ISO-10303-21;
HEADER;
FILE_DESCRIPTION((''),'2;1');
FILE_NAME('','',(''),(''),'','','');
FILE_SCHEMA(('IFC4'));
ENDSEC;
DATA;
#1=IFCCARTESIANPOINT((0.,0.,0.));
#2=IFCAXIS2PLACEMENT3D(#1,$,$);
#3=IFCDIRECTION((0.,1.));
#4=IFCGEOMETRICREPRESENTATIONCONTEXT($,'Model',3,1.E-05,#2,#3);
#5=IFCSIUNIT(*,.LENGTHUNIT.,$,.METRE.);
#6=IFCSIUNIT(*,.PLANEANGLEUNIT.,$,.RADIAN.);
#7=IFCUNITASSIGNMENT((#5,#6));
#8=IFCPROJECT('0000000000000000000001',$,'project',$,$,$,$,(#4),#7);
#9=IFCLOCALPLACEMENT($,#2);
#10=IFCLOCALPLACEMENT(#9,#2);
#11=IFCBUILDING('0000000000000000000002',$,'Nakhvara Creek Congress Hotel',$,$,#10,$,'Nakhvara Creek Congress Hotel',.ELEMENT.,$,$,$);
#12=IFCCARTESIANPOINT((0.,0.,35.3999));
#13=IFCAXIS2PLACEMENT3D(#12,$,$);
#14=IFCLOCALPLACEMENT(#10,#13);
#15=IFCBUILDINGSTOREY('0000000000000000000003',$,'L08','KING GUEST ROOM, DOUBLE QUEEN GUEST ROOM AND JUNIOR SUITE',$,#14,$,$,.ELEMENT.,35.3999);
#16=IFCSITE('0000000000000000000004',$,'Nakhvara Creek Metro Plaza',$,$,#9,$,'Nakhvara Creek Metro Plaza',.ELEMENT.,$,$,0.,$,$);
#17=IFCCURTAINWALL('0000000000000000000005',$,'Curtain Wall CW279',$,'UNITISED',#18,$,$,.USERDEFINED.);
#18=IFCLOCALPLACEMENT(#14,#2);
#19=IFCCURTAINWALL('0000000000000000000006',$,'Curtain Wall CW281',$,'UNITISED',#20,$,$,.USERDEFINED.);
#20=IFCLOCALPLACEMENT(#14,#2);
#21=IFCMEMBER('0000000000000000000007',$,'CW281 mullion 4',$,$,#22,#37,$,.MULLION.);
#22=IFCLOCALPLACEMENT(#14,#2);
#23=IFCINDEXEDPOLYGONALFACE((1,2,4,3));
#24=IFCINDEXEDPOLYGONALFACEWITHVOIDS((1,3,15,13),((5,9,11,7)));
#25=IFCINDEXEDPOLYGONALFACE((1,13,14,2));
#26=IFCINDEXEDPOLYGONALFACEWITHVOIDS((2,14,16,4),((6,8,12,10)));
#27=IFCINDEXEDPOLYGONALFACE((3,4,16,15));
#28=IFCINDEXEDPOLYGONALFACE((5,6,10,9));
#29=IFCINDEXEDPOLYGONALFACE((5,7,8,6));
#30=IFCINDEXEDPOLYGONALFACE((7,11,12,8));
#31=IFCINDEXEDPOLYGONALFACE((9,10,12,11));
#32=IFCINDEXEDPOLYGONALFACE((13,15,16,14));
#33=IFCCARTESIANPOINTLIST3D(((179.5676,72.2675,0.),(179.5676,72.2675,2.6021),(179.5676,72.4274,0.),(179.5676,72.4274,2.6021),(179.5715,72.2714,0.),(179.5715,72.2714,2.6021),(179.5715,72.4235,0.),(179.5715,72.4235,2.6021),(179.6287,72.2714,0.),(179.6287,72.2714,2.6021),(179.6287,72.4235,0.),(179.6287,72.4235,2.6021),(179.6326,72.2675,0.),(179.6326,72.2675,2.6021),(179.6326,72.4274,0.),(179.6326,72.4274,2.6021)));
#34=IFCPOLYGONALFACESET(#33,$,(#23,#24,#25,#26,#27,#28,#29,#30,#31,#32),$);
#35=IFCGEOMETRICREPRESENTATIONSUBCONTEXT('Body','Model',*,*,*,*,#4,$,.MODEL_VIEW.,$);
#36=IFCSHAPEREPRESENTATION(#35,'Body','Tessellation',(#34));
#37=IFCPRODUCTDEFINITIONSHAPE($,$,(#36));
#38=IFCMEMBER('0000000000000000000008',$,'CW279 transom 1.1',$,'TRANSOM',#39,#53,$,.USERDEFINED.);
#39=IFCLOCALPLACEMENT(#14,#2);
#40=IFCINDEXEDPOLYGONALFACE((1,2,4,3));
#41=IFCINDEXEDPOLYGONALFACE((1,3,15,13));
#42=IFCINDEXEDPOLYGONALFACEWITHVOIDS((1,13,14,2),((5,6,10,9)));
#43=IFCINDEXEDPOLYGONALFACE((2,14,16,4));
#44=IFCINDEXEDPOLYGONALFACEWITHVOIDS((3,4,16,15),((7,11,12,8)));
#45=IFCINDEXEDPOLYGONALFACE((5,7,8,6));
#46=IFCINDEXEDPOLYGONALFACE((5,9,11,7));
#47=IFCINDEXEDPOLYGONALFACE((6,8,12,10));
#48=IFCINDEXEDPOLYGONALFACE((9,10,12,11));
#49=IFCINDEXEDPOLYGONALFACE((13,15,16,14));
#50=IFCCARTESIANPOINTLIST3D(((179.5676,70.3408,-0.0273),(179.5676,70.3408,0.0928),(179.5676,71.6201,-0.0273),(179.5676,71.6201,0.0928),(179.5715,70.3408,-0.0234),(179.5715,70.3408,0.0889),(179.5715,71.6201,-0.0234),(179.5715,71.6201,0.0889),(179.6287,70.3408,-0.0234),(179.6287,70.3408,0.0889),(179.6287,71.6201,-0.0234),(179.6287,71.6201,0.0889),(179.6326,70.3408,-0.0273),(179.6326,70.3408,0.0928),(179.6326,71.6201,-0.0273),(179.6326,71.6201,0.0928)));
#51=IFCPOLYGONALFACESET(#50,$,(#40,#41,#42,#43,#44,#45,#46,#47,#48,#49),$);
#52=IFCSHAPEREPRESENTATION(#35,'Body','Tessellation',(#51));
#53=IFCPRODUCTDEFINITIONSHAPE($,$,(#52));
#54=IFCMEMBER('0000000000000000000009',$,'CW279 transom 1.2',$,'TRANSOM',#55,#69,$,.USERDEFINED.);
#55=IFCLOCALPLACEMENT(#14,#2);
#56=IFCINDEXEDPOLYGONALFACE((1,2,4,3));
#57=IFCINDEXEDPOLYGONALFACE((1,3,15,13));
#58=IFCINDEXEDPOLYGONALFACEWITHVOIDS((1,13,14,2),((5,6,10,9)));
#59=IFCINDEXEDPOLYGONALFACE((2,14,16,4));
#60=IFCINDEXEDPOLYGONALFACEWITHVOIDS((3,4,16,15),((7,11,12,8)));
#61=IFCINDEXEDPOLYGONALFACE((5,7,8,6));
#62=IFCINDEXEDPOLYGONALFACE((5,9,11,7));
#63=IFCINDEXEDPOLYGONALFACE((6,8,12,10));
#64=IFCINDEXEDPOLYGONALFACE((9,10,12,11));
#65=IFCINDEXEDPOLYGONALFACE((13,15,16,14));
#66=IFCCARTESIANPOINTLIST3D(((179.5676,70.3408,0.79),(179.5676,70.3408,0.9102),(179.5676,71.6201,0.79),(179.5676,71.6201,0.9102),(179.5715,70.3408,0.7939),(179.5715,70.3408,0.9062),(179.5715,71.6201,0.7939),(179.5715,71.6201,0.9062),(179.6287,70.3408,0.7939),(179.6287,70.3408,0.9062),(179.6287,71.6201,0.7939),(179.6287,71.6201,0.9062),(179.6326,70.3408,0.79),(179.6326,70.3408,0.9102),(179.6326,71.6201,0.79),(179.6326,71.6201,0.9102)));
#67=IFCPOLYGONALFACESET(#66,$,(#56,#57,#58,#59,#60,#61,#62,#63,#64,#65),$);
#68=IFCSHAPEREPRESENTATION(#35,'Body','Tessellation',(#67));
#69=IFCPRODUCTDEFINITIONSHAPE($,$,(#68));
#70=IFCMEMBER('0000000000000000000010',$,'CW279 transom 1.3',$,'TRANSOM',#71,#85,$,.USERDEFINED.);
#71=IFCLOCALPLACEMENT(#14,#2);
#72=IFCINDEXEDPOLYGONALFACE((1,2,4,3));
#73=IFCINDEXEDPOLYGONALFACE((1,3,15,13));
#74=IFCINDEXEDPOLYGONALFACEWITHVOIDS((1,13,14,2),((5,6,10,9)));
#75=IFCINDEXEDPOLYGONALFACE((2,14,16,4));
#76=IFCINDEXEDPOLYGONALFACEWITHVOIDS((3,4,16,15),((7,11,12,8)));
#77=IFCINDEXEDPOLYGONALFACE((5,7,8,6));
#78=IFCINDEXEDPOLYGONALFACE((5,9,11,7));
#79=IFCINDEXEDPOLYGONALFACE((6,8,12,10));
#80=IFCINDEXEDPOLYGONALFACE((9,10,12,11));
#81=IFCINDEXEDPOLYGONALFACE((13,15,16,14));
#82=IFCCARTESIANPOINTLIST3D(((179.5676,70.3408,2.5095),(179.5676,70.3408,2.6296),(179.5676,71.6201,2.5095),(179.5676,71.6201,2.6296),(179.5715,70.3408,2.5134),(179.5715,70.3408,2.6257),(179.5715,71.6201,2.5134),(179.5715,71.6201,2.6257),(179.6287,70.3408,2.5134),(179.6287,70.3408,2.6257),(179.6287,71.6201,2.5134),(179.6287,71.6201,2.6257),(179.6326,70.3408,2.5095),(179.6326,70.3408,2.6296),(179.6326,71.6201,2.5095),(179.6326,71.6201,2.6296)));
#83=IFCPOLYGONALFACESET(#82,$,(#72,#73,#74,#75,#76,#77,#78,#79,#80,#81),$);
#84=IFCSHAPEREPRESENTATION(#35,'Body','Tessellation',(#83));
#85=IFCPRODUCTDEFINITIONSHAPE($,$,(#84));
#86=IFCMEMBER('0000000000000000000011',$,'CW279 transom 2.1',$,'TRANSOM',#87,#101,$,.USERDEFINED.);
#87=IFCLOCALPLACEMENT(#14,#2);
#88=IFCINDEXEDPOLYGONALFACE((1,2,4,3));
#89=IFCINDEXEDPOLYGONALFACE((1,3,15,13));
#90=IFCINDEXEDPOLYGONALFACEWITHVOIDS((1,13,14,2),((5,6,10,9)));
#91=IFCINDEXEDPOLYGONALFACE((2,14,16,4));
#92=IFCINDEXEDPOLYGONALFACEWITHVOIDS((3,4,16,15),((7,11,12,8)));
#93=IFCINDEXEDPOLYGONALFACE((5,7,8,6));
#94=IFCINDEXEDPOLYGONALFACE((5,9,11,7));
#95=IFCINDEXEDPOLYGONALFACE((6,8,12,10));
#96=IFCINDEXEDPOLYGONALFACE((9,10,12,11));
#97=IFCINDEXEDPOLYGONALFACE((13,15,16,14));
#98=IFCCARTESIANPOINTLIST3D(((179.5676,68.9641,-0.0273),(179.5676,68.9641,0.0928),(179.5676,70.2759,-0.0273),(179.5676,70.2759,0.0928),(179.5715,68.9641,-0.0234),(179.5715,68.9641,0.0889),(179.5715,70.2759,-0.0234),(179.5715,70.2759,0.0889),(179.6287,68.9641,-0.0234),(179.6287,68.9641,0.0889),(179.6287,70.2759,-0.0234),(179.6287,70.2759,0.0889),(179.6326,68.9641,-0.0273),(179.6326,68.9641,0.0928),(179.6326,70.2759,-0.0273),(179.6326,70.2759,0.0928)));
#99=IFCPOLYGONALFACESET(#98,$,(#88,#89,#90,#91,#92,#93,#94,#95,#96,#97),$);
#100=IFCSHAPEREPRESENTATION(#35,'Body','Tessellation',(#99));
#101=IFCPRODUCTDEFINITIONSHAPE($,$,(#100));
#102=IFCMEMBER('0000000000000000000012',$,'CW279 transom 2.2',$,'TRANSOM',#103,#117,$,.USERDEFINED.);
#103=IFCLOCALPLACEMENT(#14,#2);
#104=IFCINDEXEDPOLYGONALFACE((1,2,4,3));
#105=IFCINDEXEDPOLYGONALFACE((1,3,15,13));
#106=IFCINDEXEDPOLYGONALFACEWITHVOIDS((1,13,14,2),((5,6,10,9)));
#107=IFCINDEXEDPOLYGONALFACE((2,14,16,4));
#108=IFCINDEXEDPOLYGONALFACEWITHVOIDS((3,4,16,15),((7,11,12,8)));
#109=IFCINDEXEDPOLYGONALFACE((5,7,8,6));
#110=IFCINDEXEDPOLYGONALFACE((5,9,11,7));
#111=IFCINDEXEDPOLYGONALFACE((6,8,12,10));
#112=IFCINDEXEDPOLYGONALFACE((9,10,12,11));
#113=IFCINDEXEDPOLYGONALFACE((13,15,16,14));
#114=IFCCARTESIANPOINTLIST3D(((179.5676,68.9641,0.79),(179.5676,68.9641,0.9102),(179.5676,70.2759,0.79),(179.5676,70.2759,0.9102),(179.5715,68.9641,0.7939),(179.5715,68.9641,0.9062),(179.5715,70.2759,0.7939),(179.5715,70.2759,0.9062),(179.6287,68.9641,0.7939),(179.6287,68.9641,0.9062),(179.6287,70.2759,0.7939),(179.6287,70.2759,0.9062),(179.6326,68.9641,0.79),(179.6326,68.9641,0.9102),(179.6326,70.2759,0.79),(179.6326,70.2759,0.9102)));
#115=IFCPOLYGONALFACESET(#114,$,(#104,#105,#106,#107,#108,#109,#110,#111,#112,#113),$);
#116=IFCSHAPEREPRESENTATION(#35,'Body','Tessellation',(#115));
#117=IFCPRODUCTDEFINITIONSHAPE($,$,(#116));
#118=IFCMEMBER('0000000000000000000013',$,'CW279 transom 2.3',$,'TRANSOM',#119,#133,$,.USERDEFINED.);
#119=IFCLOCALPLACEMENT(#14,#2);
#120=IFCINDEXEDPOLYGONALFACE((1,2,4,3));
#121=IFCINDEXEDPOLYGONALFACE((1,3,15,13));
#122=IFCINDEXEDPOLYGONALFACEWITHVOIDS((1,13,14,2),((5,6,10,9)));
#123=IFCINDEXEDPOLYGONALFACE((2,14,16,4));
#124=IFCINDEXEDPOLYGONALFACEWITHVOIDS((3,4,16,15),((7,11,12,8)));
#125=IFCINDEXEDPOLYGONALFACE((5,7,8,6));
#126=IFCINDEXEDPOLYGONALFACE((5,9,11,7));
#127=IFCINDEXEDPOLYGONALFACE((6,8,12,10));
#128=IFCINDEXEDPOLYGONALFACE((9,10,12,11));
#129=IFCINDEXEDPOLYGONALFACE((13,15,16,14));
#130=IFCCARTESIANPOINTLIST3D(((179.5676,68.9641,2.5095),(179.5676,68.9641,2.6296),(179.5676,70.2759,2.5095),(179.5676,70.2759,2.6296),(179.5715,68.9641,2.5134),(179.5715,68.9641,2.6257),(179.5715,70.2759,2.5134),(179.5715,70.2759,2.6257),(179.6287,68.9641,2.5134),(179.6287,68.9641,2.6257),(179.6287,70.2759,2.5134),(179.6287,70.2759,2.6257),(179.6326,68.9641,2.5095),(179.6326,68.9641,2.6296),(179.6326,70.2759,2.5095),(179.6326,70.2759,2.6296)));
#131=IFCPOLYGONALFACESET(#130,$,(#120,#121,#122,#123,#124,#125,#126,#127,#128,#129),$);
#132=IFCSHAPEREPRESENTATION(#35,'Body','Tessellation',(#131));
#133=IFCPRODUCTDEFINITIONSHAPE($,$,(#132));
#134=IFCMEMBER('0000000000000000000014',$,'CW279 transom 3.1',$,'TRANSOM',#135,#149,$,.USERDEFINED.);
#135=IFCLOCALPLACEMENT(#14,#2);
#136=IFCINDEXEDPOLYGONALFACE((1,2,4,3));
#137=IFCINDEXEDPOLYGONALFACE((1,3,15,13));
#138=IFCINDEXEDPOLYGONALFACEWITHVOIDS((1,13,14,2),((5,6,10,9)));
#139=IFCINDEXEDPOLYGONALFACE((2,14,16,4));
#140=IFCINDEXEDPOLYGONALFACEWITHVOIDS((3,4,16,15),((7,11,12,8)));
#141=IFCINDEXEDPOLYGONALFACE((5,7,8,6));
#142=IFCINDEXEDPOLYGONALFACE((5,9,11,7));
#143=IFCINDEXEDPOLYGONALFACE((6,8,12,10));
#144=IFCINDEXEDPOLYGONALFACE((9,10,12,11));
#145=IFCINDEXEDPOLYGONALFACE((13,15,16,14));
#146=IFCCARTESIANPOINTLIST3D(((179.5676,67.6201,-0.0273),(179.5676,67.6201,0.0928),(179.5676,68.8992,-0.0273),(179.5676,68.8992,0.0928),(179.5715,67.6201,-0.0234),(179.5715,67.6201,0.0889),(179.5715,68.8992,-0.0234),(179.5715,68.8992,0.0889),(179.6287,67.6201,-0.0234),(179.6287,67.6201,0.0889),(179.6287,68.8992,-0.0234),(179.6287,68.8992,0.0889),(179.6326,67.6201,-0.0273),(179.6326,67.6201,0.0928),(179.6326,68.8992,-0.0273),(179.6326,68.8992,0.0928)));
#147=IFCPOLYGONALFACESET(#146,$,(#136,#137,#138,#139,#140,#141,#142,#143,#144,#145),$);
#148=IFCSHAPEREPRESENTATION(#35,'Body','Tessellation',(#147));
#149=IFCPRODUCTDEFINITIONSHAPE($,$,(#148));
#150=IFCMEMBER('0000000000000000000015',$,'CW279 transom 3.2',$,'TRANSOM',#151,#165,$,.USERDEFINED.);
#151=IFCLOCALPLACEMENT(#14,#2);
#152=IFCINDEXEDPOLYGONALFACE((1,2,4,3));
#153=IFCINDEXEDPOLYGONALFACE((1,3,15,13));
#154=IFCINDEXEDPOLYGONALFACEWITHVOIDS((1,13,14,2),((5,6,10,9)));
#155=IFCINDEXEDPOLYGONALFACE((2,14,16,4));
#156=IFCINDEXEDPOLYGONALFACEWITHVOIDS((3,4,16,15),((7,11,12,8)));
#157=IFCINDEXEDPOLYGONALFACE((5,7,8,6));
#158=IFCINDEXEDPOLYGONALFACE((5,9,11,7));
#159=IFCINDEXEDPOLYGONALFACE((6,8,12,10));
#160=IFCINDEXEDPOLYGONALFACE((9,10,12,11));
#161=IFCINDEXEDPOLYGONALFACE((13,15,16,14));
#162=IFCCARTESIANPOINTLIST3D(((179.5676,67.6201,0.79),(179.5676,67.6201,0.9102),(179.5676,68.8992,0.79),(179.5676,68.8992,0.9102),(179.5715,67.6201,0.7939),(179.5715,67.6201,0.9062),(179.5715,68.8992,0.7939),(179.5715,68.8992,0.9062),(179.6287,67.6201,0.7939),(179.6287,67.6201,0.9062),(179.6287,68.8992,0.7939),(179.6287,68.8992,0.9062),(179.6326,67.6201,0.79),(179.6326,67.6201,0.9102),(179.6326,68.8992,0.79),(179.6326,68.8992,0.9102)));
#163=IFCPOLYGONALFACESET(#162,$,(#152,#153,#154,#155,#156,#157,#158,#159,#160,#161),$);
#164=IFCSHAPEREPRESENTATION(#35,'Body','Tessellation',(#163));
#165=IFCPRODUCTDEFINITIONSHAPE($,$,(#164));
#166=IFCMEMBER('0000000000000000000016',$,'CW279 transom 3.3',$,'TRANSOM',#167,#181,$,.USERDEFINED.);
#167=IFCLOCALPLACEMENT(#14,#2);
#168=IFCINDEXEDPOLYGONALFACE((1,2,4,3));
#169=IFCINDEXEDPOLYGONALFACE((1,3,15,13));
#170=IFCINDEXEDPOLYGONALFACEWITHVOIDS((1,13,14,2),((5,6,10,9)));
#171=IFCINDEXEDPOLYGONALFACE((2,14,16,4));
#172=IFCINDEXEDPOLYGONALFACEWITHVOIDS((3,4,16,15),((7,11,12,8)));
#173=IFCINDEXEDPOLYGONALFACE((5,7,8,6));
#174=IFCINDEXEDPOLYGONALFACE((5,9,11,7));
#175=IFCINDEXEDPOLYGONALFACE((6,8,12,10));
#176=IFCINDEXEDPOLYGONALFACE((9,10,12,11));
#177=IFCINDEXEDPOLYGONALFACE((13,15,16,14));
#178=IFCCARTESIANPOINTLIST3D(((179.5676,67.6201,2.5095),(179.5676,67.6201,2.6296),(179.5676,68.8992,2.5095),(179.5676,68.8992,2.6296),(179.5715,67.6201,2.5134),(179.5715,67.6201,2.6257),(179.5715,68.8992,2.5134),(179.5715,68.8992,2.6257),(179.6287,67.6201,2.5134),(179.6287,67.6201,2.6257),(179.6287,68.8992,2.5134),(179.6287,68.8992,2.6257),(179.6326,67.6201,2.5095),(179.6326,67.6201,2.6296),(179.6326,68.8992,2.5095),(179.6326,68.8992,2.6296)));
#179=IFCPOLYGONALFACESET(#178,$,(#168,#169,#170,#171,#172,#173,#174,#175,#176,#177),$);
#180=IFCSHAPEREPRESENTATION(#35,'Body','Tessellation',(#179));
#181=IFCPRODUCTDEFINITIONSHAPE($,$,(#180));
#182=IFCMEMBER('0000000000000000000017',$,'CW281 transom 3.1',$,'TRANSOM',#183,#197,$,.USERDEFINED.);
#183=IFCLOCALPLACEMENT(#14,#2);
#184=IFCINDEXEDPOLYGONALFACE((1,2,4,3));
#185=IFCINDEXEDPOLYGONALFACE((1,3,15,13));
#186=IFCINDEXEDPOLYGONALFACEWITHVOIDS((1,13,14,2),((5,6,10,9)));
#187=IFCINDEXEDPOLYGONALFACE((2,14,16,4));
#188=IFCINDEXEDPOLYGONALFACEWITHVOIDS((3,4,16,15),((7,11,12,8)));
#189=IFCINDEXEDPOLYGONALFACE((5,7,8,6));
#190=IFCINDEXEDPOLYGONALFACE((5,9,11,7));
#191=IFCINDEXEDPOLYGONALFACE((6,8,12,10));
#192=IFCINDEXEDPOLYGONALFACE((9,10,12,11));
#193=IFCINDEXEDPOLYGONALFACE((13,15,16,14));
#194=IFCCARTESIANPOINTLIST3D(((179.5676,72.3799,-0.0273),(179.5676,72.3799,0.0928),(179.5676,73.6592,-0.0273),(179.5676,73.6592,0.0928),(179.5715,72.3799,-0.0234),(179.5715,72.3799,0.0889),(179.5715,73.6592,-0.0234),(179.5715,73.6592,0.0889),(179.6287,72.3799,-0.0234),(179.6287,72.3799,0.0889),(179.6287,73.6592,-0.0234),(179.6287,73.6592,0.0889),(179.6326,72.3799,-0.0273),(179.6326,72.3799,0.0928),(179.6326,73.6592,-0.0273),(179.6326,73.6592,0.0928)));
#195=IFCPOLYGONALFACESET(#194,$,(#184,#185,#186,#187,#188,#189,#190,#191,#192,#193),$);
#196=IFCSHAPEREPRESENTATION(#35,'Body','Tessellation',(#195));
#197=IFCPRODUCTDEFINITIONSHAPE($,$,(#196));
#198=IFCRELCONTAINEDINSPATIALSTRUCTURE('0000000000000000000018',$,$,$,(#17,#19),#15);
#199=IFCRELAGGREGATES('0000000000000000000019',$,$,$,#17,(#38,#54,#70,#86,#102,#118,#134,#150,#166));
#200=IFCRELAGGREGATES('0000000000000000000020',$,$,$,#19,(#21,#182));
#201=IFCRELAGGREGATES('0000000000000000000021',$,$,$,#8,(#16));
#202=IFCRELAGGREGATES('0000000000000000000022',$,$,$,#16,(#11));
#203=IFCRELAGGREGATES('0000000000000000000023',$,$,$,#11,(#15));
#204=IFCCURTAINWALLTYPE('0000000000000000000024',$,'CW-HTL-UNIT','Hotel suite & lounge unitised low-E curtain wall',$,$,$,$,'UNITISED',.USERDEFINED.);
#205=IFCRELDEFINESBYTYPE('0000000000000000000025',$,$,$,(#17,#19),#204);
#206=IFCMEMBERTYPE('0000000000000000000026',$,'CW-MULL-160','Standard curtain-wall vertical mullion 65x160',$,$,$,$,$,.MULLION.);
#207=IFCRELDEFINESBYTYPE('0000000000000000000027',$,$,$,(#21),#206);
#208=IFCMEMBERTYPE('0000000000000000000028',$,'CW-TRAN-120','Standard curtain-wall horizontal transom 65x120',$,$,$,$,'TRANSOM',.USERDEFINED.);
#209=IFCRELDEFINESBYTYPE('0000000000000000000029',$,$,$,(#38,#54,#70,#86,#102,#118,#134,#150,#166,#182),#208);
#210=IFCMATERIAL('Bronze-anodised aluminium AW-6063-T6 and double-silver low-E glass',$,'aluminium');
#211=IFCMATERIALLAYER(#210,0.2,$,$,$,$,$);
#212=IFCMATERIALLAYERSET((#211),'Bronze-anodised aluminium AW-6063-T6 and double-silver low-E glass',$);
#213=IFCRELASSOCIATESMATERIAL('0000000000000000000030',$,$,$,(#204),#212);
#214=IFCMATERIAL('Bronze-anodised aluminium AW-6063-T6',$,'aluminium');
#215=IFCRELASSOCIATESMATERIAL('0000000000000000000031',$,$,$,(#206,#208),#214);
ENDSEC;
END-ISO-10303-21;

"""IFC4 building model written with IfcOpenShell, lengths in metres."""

from ifc_helpers import new_model, si_unit, direction, frame, origin, origin_2d, place, context, subcontext, project, spatial, hollow_rectangle, extrude, material, layer, layer_set, material_profile, profile_set, type_object, element, aggregate, save


model = new_model("IFC4")

# Units and contexts
model_context = context("Model", 3, precision=1e-05, world=origin(), true_north=direction((0.0, 1.0)))
body_context = subcontext(model_context, "Body", "Model", "MODEL_VIEW")
ifc_project = project(units=[si_unit("LENGTHUNIT", "METRE"), si_unit("PLANEANGLEUNIT", "RADIAN")], contexts=[model_context])

# Site, building, storey
site_placement = place(None, origin())
site = spatial("IfcSite", under=ifc_project, at=site_placement, Name="Nakhvara Creek Metro Plaza", LongName="Nakhvara Creek Metro Plaza", CompositionType="ELEMENT", RefElevation=0.0)
building_placement = place(site_placement, origin())
building = spatial("IfcBuilding", under=site, at=building_placement, Name="Nakhvara Creek Congress Hotel", LongName="Nakhvara Creek Congress Hotel", CompositionType="ELEMENT")
storey_placement = place(building_placement, frame((0.0, 0.0, 35.3999)))
storey = spatial("IfcBuildingStorey", under=building, at=storey_placement, Name="L08", Description="KING GUEST ROOM, DOUBLE QUEEN GUEST ROOM AND JUNIOR SUITE", CompositionType="ELEMENT", Elevation=35.3999)

# Curtain wall
ifc_material_1 = material(Name="Bronze-anodised aluminium AW-6063-T6 and double-silver low-E glass", Category="aluminium")
ifc_layer_1 = layer(ifc_material_1, 0.2)
ifc_layer_set_1 = layer_set([ifc_layer_1], Name="Bronze-anodised aluminium AW-6063-T6 and double-silver low-E glass")
curtain_wall_type = type_object("IfcCurtainWallType", Name="CW-HTL-UNIT", Description="Hotel suite & lounge unitised low-E curtain wall", ElementType="UNITISED", PredefinedType="USERDEFINED", material=ifc_layer_set_1)
curtain_wall_1_placement = place(storey_placement, origin())
curtain_wall_1 = element("IfcCurtainWall", 1, at=curtain_wall_1_placement, inside=storey, type_object=curtain_wall_type, Name="Curtain Wall CW279", ObjectType="UNITISED", PredefinedType="USERDEFINED")
ifc_material_2 = material(Name="Bronze-anodised aluminium AW-6063-T6", Category="aluminium")
ifc_material_profile_1 = material_profile(ifc_material_2, hollow_rectangle(XDim=0.0649, YDim=0.1599, WallThickness=0.0039, at=origin_2d()), Name="ALU-MULL 65x160x4", Category="LoadBearing")
ifc_profile_set_1 = profile_set([ifc_material_profile_1], Name="Bronze-anodised aluminium AW-6063-T6")
member_type_1 = type_object("IfcMemberType", Name="CW-MULL-160", Description="Standard curtain-wall vertical mullion 65x160", PredefinedType="MULLION", material=ifc_profile_set_1)

# Curtain wall, member
curtain_wall_2_placement = place(storey_placement, origin())
curtain_wall_2 = element("IfcCurtainWall", 2, at=curtain_wall_2_placement, inside=storey, type_object=curtain_wall_type, Name="Curtain Wall CW281", ObjectType="UNITISED", PredefinedType="USERDEFINED")
member_1_placement = place(storey_placement, frame((179.6001, 72.3474, 0.0), z_axis=(0.0, 0.0, 1.0), x_axis=(1.0, 0.0, 0.0)))
member_1 = element("IfcMember", 3, at=member_1_placement, type_object=member_type_1, Name="CW281 mullion 4", PredefinedType="MULLION", context=body_context, shape_type="SweptSolid", body=[
    extrude(hollow_rectangle(XDim=0.0649, YDim=0.1599, WallThickness=0.0039, at=origin_2d()), origin(), (0.0, 0.0, 1.0), 2.6021),
])

# Members
ifc_material_profile_2 = material_profile(ifc_material_2, hollow_rectangle(XDim=0.0649, YDim=0.1201, WallThickness=0.0039, at=origin_2d()), Name="ALU-TRAN 65x120x4", Category="LoadBearing")
ifc_profile_set_2 = profile_set([ifc_material_profile_2], Name="Bronze-anodised aluminium AW-6063-T6")
member_type_2 = type_object("IfcMemberType", Name="CW-TRAN-120", Description="Standard curtain-wall horizontal transom 65x120", ElementType="TRANSOM", PredefinedType="USERDEFINED", material=ifc_profile_set_2)
member_2_placement = place(storey_placement, frame((179.6001, 71.6201, 0.0327), z_axis=(0.0, -1.0, 0.0), x_axis=(1.0, 0.0, 0.0)))
member_2 = element("IfcMember", 4, at=member_2_placement, type_object=member_type_2, Name="CW279 transom 1.1", ObjectType="TRANSOM", PredefinedType="USERDEFINED", context=body_context, shape_type="SweptSolid", body=[
    extrude(hollow_rectangle(XDim=0.0649, YDim=0.1201, WallThickness=0.0039, at=origin_2d()), origin(), (0.0, 0.0, 1.0), 1.2793),
])
member_3_placement = place(storey_placement, frame((179.6001, 71.6201, 0.8501), z_axis=(0.0, -1.0, 0.0), x_axis=(1.0, 0.0, 0.0)))
member_3 = element("IfcMember", 5, at=member_3_placement, type_object=member_type_2, Name="CW279 transom 1.2", ObjectType="TRANSOM", PredefinedType="USERDEFINED", context=body_context, shape_type="SweptSolid", body=[
    extrude(hollow_rectangle(XDim=0.0649, YDim=0.1201, WallThickness=0.0039, at=origin_2d()), origin(), (0.0, 0.0, 1.0), 1.2793),
])
member_4_placement = place(storey_placement, frame((179.6001, 71.6201, 2.5696), z_axis=(0.0, -1.0, 0.0), x_axis=(1.0, 0.0, 0.0)))
member_4 = element("IfcMember", 6, at=member_4_placement, type_object=member_type_2, Name="CW279 transom 1.3", ObjectType="TRANSOM", PredefinedType="USERDEFINED", context=body_context, shape_type="SweptSolid", body=[
    extrude(hollow_rectangle(XDim=0.0649, YDim=0.1201, WallThickness=0.0039, at=origin_2d()), origin(), (0.0, 0.0, 1.0), 1.2793),
])
member_5_placement = place(storey_placement, frame((179.6001, 70.2759, 0.0327), z_axis=(0.0, -1.0, 0.0), x_axis=(1.0, 0.0, 0.0)))
member_5 = element("IfcMember", 7, at=member_5_placement, type_object=member_type_2, Name="CW279 transom 2.1", ObjectType="TRANSOM", PredefinedType="USERDEFINED", context=body_context, shape_type="SweptSolid", body=[
    extrude(hollow_rectangle(XDim=0.0649, YDim=0.1201, WallThickness=0.0039, at=origin_2d()), origin(), (0.0, 0.0, 1.0), 1.3118),
])
member_6_placement = place(storey_placement, frame((179.6001, 70.2759, 0.8501), z_axis=(0.0, -1.0, 0.0), x_axis=(1.0, 0.0, 0.0)))
member_6 = element("IfcMember", 8, at=member_6_placement, type_object=member_type_2, Name="CW279 transom 2.2", ObjectType="TRANSOM", PredefinedType="USERDEFINED", context=body_context, shape_type="SweptSolid", body=[
    extrude(hollow_rectangle(XDim=0.0649, YDim=0.1201, WallThickness=0.0039, at=origin_2d()), origin(), (0.0, 0.0, 1.0), 1.3118),
])
member_7_placement = place(storey_placement, frame((179.6001, 70.2759, 2.5696), z_axis=(0.0, -1.0, 0.0), x_axis=(1.0, 0.0, 0.0)))
member_7 = element("IfcMember", 9, at=member_7_placement, type_object=member_type_2, Name="CW279 transom 2.3", ObjectType="TRANSOM", PredefinedType="USERDEFINED", context=body_context, shape_type="SweptSolid", body=[
    extrude(hollow_rectangle(XDim=0.0649, YDim=0.1201, WallThickness=0.0039, at=origin_2d()), origin(), (0.0, 0.0, 1.0), 1.3118),
])
member_8_placement = place(storey_placement, frame((179.6001, 68.8992, 0.0327), z_axis=(0.0, -1.0, 0.0), x_axis=(1.0, 0.0, 0.0)))
member_8 = element("IfcMember", 10, at=member_8_placement, type_object=member_type_2, Name="CW279 transom 3.1", ObjectType="TRANSOM", PredefinedType="USERDEFINED", context=body_context, shape_type="SweptSolid", body=[
    extrude(hollow_rectangle(XDim=0.0649, YDim=0.1201, WallThickness=0.0039, at=origin_2d()), origin(), (0.0, 0.0, 1.0), 1.2791),
])
member_9_placement = place(storey_placement, frame((179.6001, 68.8992, 0.8501), z_axis=(0.0, -1.0, 0.0), x_axis=(1.0, 0.0, 0.0)))
member_9 = element("IfcMember", 11, at=member_9_placement, type_object=member_type_2, Name="CW279 transom 3.2", ObjectType="TRANSOM", PredefinedType="USERDEFINED", context=body_context, shape_type="SweptSolid", body=[
    extrude(hollow_rectangle(XDim=0.0649, YDim=0.1201, WallThickness=0.0039, at=origin_2d()), origin(), (0.0, 0.0, 1.0), 1.2791),
])
member_10_placement = place(storey_placement, frame((179.6001, 68.8992, 2.5696), z_axis=(0.0, -1.0, 0.0), x_axis=(1.0, 0.0, 0.0)))
member_10 = element("IfcMember", 12, at=member_10_placement, type_object=member_type_2, Name="CW279 transom 3.3", ObjectType="TRANSOM", PredefinedType="USERDEFINED", context=body_context, shape_type="SweptSolid", body=[
    extrude(hollow_rectangle(XDim=0.0649, YDim=0.1201, WallThickness=0.0039, at=origin_2d()), origin(), (0.0, 0.0, 1.0), 1.2791),
])
member_11_placement = place(storey_placement, frame((179.6001, 73.6592, 0.0327), z_axis=(0.0, -1.0, 0.0), x_axis=(1.0, 0.0, 0.0)))
member_11 = element("IfcMember", 13, at=member_11_placement, type_object=member_type_2, Name="CW281 transom 3.1", ObjectType="TRANSOM", PredefinedType="USERDEFINED", context=body_context, shape_type="SweptSolid", body=[
    extrude(hollow_rectangle(XDim=0.0649, YDim=0.1201, WallThickness=0.0039, at=origin_2d()), origin(), (0.0, 0.0, 1.0), 1.2793),
])

aggregate(curtain_wall_1, [member_2, member_3, member_4, member_5, member_6, member_7, member_8, member_9, member_10])
aggregate(curtain_wall_2, [member_1, member_11])

save(model, "model.ifc")
